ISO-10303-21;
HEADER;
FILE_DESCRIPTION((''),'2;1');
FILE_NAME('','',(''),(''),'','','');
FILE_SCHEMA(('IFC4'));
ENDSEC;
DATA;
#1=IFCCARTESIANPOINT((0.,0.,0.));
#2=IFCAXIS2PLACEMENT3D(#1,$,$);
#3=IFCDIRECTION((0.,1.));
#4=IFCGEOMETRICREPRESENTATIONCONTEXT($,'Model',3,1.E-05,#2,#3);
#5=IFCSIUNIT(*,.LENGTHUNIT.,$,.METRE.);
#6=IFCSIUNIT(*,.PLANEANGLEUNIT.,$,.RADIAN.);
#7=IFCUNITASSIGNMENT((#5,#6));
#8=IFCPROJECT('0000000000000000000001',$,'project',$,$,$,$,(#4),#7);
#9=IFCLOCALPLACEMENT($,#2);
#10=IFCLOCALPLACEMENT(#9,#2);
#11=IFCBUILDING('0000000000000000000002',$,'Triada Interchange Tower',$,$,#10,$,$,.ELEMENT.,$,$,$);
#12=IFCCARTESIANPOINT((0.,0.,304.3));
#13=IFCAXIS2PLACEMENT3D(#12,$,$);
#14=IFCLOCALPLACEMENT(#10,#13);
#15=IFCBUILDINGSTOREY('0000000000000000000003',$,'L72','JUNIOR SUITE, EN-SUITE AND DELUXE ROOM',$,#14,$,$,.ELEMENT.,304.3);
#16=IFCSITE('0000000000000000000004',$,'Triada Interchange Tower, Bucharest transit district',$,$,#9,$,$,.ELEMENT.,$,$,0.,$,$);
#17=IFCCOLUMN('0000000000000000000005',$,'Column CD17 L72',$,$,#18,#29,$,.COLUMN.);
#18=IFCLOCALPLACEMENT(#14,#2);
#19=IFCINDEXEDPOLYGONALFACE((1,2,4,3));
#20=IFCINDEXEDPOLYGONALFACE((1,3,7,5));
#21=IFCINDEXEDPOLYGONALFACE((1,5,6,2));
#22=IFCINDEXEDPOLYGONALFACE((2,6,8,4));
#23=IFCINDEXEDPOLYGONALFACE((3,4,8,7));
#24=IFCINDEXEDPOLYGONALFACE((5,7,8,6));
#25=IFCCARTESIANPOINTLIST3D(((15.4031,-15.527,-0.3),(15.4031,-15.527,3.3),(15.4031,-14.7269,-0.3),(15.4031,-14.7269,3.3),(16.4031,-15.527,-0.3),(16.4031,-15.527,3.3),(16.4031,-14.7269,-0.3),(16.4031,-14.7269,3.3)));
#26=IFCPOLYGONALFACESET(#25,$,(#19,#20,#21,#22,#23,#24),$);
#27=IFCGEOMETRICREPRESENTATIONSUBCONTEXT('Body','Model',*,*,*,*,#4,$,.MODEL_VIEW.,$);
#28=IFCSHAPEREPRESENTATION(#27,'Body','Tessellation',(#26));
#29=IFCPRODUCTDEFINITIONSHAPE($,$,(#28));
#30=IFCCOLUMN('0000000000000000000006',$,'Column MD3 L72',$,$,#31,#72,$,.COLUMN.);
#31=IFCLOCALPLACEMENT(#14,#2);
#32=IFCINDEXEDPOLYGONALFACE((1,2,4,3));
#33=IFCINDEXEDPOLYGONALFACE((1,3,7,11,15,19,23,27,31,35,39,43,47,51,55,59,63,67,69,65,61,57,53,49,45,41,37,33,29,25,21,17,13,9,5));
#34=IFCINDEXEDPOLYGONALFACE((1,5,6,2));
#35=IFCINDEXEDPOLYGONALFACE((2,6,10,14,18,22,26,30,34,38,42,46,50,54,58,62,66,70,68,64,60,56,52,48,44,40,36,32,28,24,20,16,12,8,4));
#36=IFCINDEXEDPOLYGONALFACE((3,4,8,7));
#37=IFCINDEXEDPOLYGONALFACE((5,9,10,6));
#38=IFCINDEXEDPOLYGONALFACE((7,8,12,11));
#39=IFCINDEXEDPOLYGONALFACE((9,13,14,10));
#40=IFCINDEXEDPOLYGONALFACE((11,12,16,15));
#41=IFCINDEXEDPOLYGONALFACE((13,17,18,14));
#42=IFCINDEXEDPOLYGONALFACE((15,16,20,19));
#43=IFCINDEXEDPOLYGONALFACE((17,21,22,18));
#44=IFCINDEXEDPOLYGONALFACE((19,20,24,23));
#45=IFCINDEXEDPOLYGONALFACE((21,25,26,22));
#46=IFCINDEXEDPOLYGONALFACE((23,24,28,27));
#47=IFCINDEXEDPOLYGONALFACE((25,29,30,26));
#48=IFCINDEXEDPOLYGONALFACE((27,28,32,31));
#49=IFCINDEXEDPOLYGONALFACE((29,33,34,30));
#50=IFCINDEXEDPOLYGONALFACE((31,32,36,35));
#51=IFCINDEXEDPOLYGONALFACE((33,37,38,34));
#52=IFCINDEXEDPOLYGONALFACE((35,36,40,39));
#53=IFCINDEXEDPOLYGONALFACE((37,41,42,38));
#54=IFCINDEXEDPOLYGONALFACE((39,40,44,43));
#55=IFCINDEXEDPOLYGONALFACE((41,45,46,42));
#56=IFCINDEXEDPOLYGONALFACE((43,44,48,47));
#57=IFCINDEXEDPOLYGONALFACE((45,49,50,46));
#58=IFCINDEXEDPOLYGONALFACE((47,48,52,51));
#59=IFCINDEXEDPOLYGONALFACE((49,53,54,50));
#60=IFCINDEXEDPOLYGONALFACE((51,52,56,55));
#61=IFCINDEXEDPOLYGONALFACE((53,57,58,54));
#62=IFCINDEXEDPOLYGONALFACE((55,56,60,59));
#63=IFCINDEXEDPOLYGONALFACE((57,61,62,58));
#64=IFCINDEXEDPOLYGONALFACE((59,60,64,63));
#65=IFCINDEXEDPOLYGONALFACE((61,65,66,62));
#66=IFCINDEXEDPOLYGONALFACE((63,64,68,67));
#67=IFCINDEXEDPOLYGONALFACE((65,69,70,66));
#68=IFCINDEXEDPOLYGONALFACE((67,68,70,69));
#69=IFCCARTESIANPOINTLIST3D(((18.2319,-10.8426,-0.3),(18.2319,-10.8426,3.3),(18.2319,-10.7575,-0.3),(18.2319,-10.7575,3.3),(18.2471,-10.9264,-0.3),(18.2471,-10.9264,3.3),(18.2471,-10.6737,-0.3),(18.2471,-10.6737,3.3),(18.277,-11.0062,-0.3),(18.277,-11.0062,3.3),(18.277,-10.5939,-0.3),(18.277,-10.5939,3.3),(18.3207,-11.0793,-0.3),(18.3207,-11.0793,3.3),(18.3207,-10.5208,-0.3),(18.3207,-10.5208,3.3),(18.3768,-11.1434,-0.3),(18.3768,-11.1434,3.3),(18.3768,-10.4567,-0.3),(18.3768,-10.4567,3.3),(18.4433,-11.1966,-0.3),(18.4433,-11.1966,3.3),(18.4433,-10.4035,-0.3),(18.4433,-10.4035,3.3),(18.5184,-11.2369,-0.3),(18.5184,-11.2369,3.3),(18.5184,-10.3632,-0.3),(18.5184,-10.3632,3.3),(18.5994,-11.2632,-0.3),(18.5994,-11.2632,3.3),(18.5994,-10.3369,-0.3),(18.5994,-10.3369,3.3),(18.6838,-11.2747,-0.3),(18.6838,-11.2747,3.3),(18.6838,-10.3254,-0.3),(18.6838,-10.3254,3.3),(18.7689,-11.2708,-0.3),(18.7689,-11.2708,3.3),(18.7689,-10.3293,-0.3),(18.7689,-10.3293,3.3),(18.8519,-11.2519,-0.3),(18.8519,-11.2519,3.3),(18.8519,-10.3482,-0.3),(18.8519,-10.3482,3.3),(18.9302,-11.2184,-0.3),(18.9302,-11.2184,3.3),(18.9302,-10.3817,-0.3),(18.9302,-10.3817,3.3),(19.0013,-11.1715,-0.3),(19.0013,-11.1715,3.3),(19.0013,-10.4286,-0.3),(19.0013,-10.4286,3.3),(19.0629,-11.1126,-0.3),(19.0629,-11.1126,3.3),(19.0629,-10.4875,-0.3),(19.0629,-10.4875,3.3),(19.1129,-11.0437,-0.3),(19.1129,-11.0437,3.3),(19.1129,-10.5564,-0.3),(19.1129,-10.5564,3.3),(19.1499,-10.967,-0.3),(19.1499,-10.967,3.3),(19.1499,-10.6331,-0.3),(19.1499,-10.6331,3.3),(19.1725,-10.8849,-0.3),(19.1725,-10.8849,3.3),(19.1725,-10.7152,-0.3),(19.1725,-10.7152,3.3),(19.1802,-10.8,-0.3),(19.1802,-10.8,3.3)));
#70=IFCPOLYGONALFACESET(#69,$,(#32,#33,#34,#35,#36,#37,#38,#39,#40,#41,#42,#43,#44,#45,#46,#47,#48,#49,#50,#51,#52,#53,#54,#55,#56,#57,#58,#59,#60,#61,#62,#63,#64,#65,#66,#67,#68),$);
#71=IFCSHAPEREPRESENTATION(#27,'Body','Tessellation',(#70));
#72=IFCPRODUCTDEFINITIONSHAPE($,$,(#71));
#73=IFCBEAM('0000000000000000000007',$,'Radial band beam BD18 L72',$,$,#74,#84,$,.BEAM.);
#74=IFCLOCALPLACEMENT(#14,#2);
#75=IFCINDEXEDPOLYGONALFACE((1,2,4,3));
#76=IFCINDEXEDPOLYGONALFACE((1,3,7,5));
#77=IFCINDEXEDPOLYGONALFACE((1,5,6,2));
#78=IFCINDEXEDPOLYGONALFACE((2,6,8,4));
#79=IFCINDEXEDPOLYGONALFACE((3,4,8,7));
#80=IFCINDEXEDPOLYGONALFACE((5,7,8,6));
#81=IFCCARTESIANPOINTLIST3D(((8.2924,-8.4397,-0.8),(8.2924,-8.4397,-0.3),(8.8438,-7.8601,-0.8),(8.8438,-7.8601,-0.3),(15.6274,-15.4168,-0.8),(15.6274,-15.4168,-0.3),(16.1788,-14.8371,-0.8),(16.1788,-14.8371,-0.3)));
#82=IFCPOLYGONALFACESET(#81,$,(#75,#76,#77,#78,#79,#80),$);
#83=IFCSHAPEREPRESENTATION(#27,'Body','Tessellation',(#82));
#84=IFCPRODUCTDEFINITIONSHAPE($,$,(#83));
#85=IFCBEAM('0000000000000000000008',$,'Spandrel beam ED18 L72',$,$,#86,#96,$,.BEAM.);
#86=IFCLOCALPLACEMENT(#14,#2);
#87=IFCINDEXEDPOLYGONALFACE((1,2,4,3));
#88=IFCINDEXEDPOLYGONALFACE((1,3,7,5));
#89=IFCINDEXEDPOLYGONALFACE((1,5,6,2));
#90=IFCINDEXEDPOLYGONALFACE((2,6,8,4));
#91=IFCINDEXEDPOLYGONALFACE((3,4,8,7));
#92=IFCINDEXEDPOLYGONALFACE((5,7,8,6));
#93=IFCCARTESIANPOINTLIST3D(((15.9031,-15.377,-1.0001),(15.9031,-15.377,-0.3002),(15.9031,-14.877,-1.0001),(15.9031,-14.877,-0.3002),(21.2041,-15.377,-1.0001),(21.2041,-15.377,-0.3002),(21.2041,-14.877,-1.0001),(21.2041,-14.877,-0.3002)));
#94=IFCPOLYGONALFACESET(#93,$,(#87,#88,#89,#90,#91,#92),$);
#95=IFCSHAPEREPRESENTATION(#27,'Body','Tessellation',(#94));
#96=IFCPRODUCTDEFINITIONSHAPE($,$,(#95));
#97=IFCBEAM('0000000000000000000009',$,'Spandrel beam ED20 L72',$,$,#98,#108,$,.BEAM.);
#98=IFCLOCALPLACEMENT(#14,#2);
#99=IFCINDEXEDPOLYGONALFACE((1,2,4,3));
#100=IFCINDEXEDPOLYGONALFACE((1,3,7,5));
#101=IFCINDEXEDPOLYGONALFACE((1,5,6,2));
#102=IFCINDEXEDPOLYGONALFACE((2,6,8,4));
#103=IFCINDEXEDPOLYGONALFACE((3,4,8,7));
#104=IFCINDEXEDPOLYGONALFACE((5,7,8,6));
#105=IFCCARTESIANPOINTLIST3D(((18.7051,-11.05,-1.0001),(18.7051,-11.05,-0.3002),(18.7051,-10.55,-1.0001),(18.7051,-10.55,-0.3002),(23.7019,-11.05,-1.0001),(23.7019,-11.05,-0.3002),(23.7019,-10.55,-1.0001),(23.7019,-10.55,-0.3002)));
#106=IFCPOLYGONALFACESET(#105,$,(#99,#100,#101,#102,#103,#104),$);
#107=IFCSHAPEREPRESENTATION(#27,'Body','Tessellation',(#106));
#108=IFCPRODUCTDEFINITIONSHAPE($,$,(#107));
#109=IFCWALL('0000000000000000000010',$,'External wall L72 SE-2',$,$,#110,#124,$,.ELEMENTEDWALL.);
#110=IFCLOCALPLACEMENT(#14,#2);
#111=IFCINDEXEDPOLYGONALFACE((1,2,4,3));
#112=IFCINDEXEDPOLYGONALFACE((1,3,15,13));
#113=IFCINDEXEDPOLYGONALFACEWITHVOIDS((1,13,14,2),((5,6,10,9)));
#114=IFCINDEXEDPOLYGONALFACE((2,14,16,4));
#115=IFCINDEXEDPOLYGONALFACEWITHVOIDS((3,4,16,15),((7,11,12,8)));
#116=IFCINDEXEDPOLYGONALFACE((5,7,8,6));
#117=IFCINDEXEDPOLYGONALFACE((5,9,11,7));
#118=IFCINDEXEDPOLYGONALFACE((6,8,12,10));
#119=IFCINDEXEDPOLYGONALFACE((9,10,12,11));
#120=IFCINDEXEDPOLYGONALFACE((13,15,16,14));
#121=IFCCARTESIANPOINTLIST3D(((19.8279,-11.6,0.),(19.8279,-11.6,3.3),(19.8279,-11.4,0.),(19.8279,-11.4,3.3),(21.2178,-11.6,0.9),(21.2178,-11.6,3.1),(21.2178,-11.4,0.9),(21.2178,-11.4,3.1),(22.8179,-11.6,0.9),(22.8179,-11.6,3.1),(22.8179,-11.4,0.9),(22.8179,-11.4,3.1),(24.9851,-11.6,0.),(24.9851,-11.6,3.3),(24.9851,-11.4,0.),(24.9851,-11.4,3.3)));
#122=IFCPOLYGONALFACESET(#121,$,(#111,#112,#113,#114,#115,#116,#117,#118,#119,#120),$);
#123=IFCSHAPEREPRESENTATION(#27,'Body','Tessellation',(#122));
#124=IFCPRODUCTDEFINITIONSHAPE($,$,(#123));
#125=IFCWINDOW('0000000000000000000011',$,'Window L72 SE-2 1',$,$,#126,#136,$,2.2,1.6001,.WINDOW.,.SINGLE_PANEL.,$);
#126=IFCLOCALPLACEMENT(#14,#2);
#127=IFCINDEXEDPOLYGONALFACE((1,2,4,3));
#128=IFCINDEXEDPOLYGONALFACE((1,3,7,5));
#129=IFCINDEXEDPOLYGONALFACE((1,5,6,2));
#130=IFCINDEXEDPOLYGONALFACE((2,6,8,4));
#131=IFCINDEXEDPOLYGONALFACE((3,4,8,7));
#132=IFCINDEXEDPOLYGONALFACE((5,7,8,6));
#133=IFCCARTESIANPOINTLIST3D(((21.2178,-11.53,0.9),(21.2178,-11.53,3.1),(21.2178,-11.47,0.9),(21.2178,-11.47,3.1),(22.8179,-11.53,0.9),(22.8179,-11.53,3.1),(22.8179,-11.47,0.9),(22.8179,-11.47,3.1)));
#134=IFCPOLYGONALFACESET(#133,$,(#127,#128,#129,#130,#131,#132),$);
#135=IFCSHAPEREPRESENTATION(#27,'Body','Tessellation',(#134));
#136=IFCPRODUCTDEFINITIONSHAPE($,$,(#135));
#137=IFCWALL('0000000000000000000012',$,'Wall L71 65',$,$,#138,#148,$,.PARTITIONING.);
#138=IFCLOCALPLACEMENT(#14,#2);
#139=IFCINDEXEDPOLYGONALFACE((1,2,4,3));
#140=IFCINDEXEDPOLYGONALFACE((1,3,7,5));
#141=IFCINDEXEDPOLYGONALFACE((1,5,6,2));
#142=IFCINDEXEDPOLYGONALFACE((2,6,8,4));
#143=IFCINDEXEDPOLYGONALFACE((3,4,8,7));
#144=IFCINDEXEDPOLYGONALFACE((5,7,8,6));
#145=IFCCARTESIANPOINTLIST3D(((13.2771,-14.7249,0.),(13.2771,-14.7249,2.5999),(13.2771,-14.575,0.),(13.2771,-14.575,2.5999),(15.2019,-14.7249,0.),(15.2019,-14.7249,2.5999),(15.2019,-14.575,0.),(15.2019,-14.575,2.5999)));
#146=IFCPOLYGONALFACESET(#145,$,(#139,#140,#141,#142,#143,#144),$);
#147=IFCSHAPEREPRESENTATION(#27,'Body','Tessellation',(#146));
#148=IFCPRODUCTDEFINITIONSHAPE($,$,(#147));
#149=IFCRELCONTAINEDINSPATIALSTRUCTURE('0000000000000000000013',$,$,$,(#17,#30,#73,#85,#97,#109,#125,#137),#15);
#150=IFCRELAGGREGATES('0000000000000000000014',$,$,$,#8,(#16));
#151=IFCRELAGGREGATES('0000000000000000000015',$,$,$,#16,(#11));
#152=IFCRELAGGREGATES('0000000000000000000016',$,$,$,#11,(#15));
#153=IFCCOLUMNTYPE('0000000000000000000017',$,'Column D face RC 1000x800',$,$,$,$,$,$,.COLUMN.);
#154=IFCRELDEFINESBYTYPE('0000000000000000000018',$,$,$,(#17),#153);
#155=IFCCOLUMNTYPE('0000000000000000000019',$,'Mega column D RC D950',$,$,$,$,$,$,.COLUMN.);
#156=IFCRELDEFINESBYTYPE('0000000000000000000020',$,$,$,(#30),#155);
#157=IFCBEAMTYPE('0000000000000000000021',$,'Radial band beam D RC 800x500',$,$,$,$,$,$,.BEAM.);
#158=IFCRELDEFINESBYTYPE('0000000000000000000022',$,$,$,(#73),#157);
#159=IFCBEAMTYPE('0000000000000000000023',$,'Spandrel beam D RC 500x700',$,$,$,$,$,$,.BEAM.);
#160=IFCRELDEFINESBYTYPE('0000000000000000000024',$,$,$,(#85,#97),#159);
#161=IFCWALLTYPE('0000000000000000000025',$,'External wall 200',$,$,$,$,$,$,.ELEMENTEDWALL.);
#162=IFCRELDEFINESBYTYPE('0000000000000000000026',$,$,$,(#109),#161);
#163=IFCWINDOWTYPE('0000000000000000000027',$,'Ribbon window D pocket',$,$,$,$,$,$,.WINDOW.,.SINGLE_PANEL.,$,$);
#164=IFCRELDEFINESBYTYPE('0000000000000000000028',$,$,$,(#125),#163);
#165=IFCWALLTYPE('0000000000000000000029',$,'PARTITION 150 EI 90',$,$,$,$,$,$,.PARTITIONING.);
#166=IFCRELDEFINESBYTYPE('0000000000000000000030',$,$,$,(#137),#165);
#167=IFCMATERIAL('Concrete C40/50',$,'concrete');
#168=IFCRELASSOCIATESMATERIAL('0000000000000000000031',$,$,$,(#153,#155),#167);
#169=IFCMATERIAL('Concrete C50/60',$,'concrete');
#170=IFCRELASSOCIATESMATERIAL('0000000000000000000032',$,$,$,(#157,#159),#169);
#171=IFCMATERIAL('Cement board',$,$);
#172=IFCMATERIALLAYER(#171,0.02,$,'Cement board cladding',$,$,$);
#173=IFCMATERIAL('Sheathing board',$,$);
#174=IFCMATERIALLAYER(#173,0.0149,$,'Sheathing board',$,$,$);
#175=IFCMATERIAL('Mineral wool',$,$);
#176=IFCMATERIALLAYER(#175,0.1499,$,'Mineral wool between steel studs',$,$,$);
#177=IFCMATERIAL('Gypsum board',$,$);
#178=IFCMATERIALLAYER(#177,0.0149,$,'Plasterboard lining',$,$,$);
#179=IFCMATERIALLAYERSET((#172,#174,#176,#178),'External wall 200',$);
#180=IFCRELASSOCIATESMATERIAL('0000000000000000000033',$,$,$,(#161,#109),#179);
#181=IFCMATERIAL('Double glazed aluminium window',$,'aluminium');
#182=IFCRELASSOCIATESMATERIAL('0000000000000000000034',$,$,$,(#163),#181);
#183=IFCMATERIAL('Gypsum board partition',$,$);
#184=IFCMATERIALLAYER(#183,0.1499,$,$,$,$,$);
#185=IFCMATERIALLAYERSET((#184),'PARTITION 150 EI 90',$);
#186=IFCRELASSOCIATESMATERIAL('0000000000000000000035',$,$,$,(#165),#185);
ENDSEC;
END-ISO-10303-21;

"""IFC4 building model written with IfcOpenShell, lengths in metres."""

from ifc_helpers import new_model, si_unit, direction, frame, frame_2d, origin, origin_2d, place, context, subcontext, project, spatial, rectangle, circle, extrude, material, layer, layer_set, layer_usage, material_profile, profile_set, type_object, element, fill, save


model = new_model("IFC4")

# Units and contexts
model_context = context("Model", 3, precision=1e-05, world=origin(), true_north=direction((0.0, 1.0)))
body_context = subcontext(model_context, "Body", "Model", "MODEL_VIEW")
ifc_project = project(units=[si_unit("LENGTHUNIT", "METRE"), si_unit("PLANEANGLEUNIT", "RADIAN")], contexts=[model_context])

# Site, building, storey
site_placement = place(None, origin())
site = spatial("IfcSite", under=ifc_project, at=site_placement, Name="Triada Interchange Tower, Bucharest transit district", CompositionType="ELEMENT", RefElevation=0.0)
building_placement = place(site_placement, origin())
building = spatial("IfcBuilding", under=site, at=building_placement, Name="Triada Interchange Tower", CompositionType="ELEMENT")
storey_placement = place(building_placement, frame((0.0, 0.0, 304.3)))
storey = spatial("IfcBuildingStorey", under=building, at=storey_placement, Name="L72", Description="JUNIOR SUITE, EN-SUITE AND DELUXE ROOM", CompositionType="ELEMENT", Elevation=304.3)

# Columns
ifc_material_1 = material(Name="Concrete C40/50", Category="concrete")
ifc_material_profile_1 = material_profile(ifc_material_1, rectangle(XDim=1.0, YDim=0.8, at=origin_2d()), Name="RC 1000x800")
ifc_profile_set_1 = profile_set([ifc_material_profile_1], Name="Concrete C40/50")
column_type_1 = type_object("IfcColumnType", Name="Column D face RC 1000x800", PredefinedType="COLUMN", material=ifc_profile_set_1)
column_1_placement = place(storey_placement, frame((15.9031, -15.127, -0.3), z_axis=(0.0, 0.0, 1.0), x_axis=(1.0, 0.0, 0.0)))
element("IfcColumn", 1, at=column_1_placement, inside=storey, type_object=column_type_1, Name="Column CD17 L72", PredefinedType="COLUMN", context=body_context, shape_type="SweptSolid", body=[
    extrude(rectangle(XDim=1.0, YDim=0.8, at=origin_2d()), origin(), (0.0, 0.0, 1.0), 3.6001),
])
ifc_material_profile_2 = material_profile(ifc_material_1, circle(Radius=0.4751, at=origin_2d()), Name="RC D950")
ifc_profile_set_2 = profile_set([ifc_material_profile_2], Name="Concrete C40/50")
column_type_2 = type_object("IfcColumnType", Name="Mega column D RC D950", PredefinedType="COLUMN", material=ifc_profile_set_2)
column_2_placement = place(storey_placement, frame((18.7051, -10.8, -0.3), z_axis=(0.0, 0.0, 1.0), x_axis=(1.0, 0.0, 0.0)))
element("IfcColumn", 2, at=column_2_placement, inside=storey, type_object=column_type_2, Name="Column MD3 L72", PredefinedType="COLUMN", context=body_context, shape_type="SweptSolid", body=[
    extrude(circle(Radius=0.4751, at=origin_2d()), origin(), (0.0, 0.0, 1.0), 3.6001),
])

# Beams
ifc_material_2 = material(Name="Concrete C50/60", Category="concrete")
ifc_material_profile_3 = material_profile(ifc_material_2, rectangle(XDim=0.8, YDim=0.5, at=origin_2d()), Name="RC 800x500")
ifc_profile_set_3 = profile_set([ifc_material_profile_3], Name="Concrete C50/60")
beam_type_1 = type_object("IfcBeamType", Name="Radial band beam D RC 800x500", PredefinedType="BEAM", material=ifc_profile_set_3)
beam_1_placement = place(storey_placement, frame((15.9031, -15.127, -0.55), z_axis=(-0.724563, 0.689208, 0.0), x_axis=(-0.689208, -0.724563, 0.0)))
element("IfcBeam", 3, at=beam_1_placement, inside=storey, type_object=beam_type_1, Name="Radial band beam BD18 L72", PredefinedType="BEAM", context=body_context, shape_type="SweptSolid", body=[
    extrude(rectangle(XDim=0.8, YDim=0.5, at=origin_2d()), origin(), (0.0, 0.0, 1.0), 10.1233),
])
ifc_material_profile_4 = material_profile(ifc_material_2, rectangle(XDim=0.5, YDim=0.7, at=origin_2d()), Name="RC 500x700")
ifc_profile_set_4 = profile_set([ifc_material_profile_4], Name="Concrete C50/60")
beam_type_2 = type_object("IfcBeamType", Name="Spandrel beam D RC 500x700", PredefinedType="BEAM", material=ifc_profile_set_4)
beam_2_placement = place(storey_placement, frame((15.9031, -15.127, -0.6501), z_axis=(1.0, 0.0, 0.0), x_axis=(0.0, 1.0, 0.0)))
element("IfcBeam", 4, at=beam_2_placement, inside=storey, type_object=beam_type_2, Name="Spandrel beam ED18 L72", PredefinedType="BEAM", context=body_context, shape_type="SweptSolid", body=[
    extrude(rectangle(XDim=0.5, YDim=0.7, at=origin_2d()), origin(), (0.0, 0.0, 1.0), 5.301),
])
beam_3_placement = place(storey_placement, frame((18.7051, -10.8, -0.6501), z_axis=(1.0, 0.0, 0.0), x_axis=(0.0, 1.0, 0.0)))
element("IfcBeam", 5, at=beam_3_placement, inside=storey, type_object=beam_type_2, Name="Spandrel beam ED20 L72", PredefinedType="BEAM", context=body_context, shape_type="SweptSolid", body=[
    extrude(rectangle(XDim=0.5, YDim=0.7, at=origin_2d()), origin(), (0.0, 0.0, 1.0), 4.9968),
])

# Wall, opening, window
ifc_material_3 = material(Name="Cement board")
ifc_layer_1 = layer(ifc_material_3, 0.02, Name="Cement board cladding")
ifc_material_4 = material(Name="Sheathing board")
ifc_layer_2 = layer(ifc_material_4, 0.0149, Name="Sheathing board")
ifc_material_5 = material(Name="Mineral wool")
ifc_layer_3 = layer(ifc_material_5, 0.1499, Name="Mineral wool between steel studs")
ifc_material_6 = material(Name="Gypsum board")
ifc_layer_4 = layer(ifc_material_6, 0.0149, Name="Plasterboard lining")
ifc_layer_set_1 = layer_set([ifc_layer_1, ifc_layer_2, ifc_layer_3, ifc_layer_4], Name="External wall 200")
ifc_layer_usage = layer_usage(ifc_layer_set_1, "AXIS2", "POSITIVE", -0.1001)
wall_type_1 = type_object("IfcWallType", Name="External wall 200", PredefinedType="ELEMENTEDWALL", material=ifc_layer_set_1)
wall_1_placement = place(storey_placement, frame((19.8279, -11.5, 0.0), z_axis=(0.0, 0.0, 1.0), x_axis=(1.0, 0.0, 0.0)))
wall_1 = element("IfcWall", 6, at=wall_1_placement, inside=storey, type_object=wall_type_1, material=ifc_layer_usage, Name="External wall L72 SE-2", PredefinedType="ELEMENTEDWALL", context=body_context, shape_type="SweptSolid", body=[
    extrude(rectangle(XDim=5.1572, YDim=0.2, at=frame_2d((2.5786, 0.0))), origin(), (0.0, 0.0, 1.0), 3.3),
])
opening_1_placement = place(wall_1_placement, frame((1.3899, 0.0, 0.8999)))
opening_1 = element("IfcOpeningElement", 7, at=opening_1_placement, cuts=wall_1, PredefinedType="OPENING", context=body_context, shape_type="SweptSolid", body=[
    extrude(rectangle(XDim=1.6001, YDim=2.2, at=frame_2d((0.8, 1.1001))), frame((0.0, 0.1099, 0.0), z_axis=(0.0, -1.0, 0.0), x_axis=(1.0, 0.0, 0.0)), (0.0, 0.0, 1.0), 0.22),
])
ifc_material_7 = material(Name="Double glazed aluminium window", Category="aluminium")
window_type = type_object("IfcWindowType", Name="Ribbon window D pocket", PartitioningType="SINGLE_PANEL", PredefinedType="WINDOW", material=ifc_material_7)
window_placement = place(opening_1_placement, origin())
window = element("IfcWindow", 8, at=window_placement, inside=storey, type_object=window_type, Name="Window L72 SE-2 1", OverallHeight=2.2, OverallWidth=1.6001, PartitioningType="SINGLE_PANEL", PredefinedType="WINDOW", context=body_context, shape_type="SweptSolid", body=[
    extrude(rectangle(XDim=1.6001, YDim=2.2, at=frame_2d((0.8, 1.1001))), frame((0.0, 0.03, 0.0), z_axis=(0.0, -1.0, 0.0), x_axis=(1.0, 0.0, 0.0)), (0.0, 0.0, 1.0), 0.0601),
])
fill(opening_1, window)

# Wall
ifc_material_8 = material(Name="Gypsum board partition")
ifc_layer_5 = layer(ifc_material_8, 0.1499)
ifc_layer_set_2 = layer_set([ifc_layer_5], Name="PARTITION 150 EI 90")
wall_type_2 = type_object("IfcWallType", Name="PARTITION 150 EI 90", PredefinedType="PARTITIONING", material=ifc_layer_set_2)
wall_2_placement = place(storey_placement, frame((13.2771, -14.6499, 0.0), z_axis=(0.0, 0.0, 1.0), x_axis=(1.0, 0.0, 0.0)))
element("IfcWall", 9, at=wall_2_placement, inside=storey, type_object=wall_type_2, Name="Wall L71 65", PredefinedType="PARTITIONING", context=body_context, shape_type="SweptSolid", body=[
    extrude(rectangle(XDim=1.9248, YDim=0.1499, at=frame_2d((0.9624, 0.0))), origin(), (0.0, 0.0, 1.0), 2.5999),
])

save(model, "model.ifc")
